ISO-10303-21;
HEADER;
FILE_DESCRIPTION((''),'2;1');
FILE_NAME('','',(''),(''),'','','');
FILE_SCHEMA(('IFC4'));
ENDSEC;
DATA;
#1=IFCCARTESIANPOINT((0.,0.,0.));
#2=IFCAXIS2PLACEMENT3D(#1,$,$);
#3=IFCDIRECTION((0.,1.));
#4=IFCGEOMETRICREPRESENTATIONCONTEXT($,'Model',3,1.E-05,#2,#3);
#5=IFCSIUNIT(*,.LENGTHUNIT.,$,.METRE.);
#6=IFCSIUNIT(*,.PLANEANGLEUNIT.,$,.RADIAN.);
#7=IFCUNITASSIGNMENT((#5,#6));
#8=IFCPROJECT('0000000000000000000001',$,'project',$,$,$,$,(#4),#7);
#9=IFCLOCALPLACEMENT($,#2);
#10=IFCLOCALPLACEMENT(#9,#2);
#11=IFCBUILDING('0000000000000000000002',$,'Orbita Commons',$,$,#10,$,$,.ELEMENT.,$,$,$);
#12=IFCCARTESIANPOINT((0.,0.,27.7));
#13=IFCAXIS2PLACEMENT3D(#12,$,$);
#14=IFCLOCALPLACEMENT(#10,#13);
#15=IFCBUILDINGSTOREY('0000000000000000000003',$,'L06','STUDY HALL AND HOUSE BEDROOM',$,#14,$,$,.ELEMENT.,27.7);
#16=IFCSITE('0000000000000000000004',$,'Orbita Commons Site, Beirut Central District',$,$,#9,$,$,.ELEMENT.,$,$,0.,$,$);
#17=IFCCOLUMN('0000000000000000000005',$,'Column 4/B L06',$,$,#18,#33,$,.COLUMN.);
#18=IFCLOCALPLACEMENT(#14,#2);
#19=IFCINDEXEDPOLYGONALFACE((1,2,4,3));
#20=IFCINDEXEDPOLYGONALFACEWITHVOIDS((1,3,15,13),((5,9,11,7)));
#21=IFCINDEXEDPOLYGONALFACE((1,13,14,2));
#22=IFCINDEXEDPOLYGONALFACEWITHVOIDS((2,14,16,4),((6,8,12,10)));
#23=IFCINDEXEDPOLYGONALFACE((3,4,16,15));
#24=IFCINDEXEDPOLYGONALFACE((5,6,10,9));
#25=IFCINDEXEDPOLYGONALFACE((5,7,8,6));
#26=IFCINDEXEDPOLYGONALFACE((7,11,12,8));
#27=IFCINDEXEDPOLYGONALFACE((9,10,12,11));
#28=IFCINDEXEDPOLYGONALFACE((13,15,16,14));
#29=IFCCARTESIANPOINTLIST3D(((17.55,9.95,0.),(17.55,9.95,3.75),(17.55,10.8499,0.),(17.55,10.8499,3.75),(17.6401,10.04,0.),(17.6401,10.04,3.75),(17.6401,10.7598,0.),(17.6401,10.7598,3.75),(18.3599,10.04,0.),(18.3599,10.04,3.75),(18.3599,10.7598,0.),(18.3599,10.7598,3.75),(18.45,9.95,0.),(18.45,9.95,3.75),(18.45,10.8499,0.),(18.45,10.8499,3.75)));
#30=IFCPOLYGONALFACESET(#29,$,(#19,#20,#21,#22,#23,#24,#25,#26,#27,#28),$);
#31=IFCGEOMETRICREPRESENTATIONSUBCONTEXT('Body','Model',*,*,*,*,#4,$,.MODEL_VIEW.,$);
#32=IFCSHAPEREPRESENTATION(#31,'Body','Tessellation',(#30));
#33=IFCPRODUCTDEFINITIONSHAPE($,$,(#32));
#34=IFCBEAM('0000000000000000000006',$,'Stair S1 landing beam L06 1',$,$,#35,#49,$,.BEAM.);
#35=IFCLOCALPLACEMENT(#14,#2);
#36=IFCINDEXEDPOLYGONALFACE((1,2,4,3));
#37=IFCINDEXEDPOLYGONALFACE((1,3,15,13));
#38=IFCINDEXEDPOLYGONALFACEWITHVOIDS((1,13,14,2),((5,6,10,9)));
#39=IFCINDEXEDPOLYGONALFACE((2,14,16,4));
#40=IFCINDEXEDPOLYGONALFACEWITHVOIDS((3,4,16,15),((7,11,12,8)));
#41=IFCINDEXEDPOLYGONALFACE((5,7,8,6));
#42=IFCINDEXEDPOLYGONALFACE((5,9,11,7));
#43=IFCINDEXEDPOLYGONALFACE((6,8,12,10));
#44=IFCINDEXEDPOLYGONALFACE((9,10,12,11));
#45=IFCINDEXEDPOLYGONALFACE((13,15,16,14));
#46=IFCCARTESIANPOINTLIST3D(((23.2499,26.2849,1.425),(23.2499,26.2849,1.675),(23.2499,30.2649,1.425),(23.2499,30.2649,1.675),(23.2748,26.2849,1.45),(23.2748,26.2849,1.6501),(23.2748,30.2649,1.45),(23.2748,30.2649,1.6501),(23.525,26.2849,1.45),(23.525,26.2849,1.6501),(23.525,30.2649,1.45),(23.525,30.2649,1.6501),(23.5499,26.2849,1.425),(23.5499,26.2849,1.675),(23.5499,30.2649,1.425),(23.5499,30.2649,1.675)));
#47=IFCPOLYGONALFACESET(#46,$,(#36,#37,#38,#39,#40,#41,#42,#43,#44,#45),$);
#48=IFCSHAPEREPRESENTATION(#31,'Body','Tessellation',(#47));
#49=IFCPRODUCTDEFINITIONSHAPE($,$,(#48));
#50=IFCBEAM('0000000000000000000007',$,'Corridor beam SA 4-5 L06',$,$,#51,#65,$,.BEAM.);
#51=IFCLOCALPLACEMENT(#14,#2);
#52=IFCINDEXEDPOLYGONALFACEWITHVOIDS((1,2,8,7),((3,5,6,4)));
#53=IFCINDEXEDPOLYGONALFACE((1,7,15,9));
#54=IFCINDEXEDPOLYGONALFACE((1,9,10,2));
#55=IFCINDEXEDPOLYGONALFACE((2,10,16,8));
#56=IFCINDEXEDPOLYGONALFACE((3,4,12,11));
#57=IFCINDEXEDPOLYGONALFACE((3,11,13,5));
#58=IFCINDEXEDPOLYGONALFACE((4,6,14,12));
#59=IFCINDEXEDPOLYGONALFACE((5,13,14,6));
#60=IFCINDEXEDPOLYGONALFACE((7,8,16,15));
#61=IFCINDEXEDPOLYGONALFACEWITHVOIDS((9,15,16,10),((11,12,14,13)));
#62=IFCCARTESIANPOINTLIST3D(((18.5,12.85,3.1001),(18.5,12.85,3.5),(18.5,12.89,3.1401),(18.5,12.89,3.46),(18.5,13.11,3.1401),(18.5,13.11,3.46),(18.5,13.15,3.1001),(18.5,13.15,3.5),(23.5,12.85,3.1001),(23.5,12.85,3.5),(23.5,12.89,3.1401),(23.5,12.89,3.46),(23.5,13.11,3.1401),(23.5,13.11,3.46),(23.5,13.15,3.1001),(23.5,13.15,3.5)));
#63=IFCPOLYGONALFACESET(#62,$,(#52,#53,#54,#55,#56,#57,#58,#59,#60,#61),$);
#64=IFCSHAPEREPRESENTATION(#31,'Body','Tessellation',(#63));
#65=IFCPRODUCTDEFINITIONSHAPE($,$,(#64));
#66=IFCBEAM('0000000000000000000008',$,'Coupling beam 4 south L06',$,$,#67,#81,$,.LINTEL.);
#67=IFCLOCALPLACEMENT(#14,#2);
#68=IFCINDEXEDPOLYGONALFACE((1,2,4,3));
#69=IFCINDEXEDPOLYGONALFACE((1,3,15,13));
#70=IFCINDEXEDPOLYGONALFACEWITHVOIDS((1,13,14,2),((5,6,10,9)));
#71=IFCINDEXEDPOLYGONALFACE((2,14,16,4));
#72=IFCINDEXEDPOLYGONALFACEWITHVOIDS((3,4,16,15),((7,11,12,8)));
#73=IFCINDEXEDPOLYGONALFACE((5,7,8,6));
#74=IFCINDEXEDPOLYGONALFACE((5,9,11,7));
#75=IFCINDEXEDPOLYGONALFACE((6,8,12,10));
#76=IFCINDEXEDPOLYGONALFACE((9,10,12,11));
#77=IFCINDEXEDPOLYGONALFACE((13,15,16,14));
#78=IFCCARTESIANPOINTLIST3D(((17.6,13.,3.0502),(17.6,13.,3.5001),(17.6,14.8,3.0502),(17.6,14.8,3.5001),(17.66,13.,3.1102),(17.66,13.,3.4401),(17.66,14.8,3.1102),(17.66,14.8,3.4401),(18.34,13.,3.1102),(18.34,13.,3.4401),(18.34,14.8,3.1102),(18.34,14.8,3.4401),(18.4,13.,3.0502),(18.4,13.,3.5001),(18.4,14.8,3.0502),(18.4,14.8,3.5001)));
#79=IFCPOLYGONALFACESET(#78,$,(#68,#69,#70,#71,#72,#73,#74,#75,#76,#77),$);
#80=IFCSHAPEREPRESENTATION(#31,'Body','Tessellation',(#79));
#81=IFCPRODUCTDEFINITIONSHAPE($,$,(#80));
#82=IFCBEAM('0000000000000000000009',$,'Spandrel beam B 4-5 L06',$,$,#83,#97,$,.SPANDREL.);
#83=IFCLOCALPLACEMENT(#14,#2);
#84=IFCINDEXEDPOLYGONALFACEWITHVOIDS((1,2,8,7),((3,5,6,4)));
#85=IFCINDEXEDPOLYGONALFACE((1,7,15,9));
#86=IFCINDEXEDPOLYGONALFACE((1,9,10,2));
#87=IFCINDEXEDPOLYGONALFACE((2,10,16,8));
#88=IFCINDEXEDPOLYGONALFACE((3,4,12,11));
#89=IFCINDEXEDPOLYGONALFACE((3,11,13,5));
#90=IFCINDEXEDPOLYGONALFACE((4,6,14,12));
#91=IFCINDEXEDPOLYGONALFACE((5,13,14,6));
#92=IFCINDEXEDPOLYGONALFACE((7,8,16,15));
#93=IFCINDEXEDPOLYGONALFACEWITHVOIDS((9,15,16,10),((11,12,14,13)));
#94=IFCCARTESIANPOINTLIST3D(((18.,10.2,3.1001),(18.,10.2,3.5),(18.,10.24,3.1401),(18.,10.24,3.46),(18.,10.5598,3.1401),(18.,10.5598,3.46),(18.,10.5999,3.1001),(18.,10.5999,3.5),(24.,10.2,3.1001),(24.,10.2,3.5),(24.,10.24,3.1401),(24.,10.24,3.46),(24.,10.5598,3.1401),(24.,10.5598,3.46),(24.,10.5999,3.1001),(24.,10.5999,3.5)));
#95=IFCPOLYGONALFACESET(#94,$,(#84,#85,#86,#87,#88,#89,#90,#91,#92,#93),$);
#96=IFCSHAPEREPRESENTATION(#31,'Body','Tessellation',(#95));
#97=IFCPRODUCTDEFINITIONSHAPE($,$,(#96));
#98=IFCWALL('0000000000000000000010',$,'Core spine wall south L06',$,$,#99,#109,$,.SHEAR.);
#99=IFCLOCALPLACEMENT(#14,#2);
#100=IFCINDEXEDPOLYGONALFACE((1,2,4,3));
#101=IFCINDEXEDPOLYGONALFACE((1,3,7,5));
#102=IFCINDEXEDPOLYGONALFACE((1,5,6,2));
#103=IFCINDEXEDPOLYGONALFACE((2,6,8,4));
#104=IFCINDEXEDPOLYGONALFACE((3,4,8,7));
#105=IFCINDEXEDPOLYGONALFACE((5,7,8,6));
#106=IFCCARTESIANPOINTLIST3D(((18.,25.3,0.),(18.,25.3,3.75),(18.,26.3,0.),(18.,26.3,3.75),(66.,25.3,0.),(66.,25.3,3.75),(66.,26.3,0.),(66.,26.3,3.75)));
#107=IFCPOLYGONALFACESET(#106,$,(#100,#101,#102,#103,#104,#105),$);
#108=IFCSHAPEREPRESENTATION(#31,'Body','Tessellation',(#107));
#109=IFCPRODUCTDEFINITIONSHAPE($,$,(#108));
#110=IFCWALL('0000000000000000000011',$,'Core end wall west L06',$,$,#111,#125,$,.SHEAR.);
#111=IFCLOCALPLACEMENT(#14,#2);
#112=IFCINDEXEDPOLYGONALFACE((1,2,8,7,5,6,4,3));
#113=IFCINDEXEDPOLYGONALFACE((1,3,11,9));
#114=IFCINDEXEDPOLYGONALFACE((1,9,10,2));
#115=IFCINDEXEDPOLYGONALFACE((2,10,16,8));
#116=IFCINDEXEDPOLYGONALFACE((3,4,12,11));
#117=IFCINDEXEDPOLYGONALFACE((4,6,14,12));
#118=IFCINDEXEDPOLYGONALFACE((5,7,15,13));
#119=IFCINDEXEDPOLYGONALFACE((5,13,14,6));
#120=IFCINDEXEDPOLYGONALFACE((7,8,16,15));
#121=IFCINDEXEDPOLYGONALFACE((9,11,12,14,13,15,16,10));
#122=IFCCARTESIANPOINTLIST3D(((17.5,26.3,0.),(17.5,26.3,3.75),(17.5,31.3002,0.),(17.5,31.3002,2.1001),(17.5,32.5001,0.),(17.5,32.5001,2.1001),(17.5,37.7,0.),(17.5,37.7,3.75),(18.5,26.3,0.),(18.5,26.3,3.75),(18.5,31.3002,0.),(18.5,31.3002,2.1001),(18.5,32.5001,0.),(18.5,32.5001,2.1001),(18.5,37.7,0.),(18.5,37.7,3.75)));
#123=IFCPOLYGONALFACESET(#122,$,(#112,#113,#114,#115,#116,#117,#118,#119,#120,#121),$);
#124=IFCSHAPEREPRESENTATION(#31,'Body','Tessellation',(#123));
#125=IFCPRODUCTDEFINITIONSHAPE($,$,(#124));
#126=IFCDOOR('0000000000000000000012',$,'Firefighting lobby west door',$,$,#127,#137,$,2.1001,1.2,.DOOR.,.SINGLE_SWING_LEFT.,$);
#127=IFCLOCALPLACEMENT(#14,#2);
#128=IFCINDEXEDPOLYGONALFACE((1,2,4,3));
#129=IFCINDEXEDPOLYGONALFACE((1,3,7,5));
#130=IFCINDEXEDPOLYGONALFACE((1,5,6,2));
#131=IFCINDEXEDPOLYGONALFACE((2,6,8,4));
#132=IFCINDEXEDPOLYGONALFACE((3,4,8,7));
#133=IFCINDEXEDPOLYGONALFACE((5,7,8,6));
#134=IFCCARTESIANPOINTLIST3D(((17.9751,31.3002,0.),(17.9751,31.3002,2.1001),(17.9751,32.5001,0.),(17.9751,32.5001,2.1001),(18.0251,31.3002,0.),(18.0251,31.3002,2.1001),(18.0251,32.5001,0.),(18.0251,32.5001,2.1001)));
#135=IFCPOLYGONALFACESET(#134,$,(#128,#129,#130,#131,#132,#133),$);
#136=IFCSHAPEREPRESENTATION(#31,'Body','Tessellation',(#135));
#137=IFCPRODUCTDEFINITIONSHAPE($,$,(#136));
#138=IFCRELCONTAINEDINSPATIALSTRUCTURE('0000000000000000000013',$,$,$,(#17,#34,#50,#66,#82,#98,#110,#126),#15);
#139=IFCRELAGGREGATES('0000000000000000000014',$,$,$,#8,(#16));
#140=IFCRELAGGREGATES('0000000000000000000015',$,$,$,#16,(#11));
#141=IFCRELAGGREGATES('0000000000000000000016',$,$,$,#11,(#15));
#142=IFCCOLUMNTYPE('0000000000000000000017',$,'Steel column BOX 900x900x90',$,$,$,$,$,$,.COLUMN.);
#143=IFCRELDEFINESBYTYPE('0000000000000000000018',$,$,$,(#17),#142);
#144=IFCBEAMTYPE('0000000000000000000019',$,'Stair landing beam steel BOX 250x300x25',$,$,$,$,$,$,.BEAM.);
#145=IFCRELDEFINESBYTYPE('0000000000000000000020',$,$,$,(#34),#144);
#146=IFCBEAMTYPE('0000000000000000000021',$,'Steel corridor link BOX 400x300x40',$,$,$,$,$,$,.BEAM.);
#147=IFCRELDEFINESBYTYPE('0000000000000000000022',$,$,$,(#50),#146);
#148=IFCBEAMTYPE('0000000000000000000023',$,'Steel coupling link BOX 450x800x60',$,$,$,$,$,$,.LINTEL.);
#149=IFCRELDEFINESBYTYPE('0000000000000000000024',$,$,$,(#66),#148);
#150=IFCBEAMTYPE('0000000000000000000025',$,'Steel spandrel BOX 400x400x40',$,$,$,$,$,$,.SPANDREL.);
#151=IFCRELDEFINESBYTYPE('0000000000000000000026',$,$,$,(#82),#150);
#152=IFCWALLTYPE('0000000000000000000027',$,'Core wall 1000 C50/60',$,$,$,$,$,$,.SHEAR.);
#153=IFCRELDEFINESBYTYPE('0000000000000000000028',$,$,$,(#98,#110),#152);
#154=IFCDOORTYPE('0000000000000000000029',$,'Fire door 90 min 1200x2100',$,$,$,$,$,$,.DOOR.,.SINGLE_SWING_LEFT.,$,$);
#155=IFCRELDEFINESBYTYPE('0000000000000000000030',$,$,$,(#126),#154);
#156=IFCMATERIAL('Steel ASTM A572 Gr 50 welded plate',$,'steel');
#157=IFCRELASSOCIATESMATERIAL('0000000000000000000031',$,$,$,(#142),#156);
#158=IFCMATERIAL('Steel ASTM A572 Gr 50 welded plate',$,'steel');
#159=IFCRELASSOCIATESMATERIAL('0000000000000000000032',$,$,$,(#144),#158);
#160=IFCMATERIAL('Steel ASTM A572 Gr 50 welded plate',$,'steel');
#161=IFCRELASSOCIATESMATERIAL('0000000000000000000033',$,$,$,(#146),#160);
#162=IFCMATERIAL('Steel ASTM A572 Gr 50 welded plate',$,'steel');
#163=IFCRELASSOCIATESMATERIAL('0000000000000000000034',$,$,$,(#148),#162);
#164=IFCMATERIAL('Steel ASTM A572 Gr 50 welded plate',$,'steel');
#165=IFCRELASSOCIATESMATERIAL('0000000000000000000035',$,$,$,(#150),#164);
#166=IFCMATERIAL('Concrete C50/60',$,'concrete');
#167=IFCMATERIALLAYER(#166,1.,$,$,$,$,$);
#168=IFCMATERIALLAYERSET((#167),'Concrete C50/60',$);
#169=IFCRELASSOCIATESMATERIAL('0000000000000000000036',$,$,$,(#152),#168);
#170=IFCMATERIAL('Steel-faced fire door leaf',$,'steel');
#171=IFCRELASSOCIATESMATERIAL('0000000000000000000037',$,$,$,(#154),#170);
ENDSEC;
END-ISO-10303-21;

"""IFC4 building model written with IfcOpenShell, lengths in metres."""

from ifc_helpers import new_model, si_unit, direction, frame, frame_2d, origin, origin_2d, place, context, subcontext, project, spatial, rectangle, hollow_rectangle, extrude, material, layer, layer_set, material_profile, profile_set, type_object, element, fill, save


model = new_model("IFC4")

# Units and contexts
model_context = context("Model", 3, precision=1e-05, world=origin(), true_north=direction((0.0, 1.0)))
body_context = subcontext(model_context, "Body", "Model", "MODEL_VIEW")
ifc_project = project(units=[si_unit("LENGTHUNIT", "METRE"), si_unit("PLANEANGLEUNIT", "RADIAN")], contexts=[model_context])

# Site, building, storey
site_placement = place(None, origin())
site = spatial("IfcSite", under=ifc_project, at=site_placement, Name="Orbita Commons Site, Beirut Central District", CompositionType="ELEMENT", RefElevation=0.0)
building_placement = place(site_placement, origin())
building = spatial("IfcBuilding", under=site, at=building_placement, Name="Orbita Commons", CompositionType="ELEMENT")
storey_placement = place(building_placement, frame((0.0, 0.0, 27.7)))
storey = spatial("IfcBuildingStorey", under=building, at=storey_placement, Name="L06", Description="STUDY HALL AND HOUSE BEDROOM", CompositionType="ELEMENT", Elevation=27.7)

# Column
ifc_material_1 = material(Name="Steel ASTM A572 Gr 50 welded plate", Category="steel")
ifc_material_profile_1 = material_profile(ifc_material_1, hollow_rectangle(XDim=0.8999, YDim=0.8999, WallThickness=0.0901, at=origin_2d()), Name="BOX 900x900x90")
ifc_profile_set_1 = profile_set([ifc_material_profile_1], Name="Steel ASTM A572 Gr 50 welded plate")
column_type = type_object("IfcColumnType", Name="Steel column BOX 900x900x90", PredefinedType="COLUMN", material=ifc_profile_set_1)
column_placement = place(storey_placement, frame((18.0, 10.3999, 0.0), z_axis=(0.0, 0.0, 1.0), x_axis=(1.0, 0.0, 0.0)))
element("IfcColumn", 1, at=column_placement, inside=storey, type_object=column_type, Name="Column 4/B L06", PredefinedType="COLUMN", context=body_context, shape_type="SweptSolid", body=[
    extrude(hollow_rectangle(XDim=0.8999, YDim=0.8999, WallThickness=0.0901, at=origin_2d()), origin(), (0.0, 0.0, 1.0), 3.75),
])

# Beams
ifc_material_2 = material(Name="Steel ASTM A572 Gr 50 welded plate", Category="steel")
ifc_material_profile_2 = material_profile(ifc_material_2, hollow_rectangle(XDim=0.3, YDim=0.25, WallThickness=0.0249, at=origin_2d()), Name="BOX 250x300x25")
ifc_profile_set_2 = profile_set([ifc_material_profile_2], Name="Steel ASTM A572 Gr 50 welded plate")
beam_type_1 = type_object("IfcBeamType", Name="Stair landing beam steel BOX 250x300x25", PredefinedType="BEAM", material=ifc_profile_set_2)
beam_1_placement = place(storey_placement, frame((23.3999, 26.2849, 1.55), z_axis=(0.0, 1.0, 0.0), x_axis=(-1.0, 0.0, 0.0)))
element("IfcBeam", 2, at=beam_1_placement, inside=storey, type_object=beam_type_1, Name="Stair S1 landing beam L06 1", PredefinedType="BEAM", context=body_context, shape_type="SweptSolid", body=[
    extrude(hollow_rectangle(XDim=0.3, YDim=0.25, WallThickness=0.0249, at=origin_2d()), origin(), (0.0, 0.0, 1.0), 3.98),
])
ifc_material_3 = material(Name="Steel ASTM A572 Gr 50 welded plate", Category="steel")
ifc_material_profile_3 = material_profile(ifc_material_3, hollow_rectangle(XDim=0.3, YDim=0.3999, WallThickness=0.04, at=origin_2d()), Name="BOX 400x300x40")
ifc_profile_set_3 = profile_set([ifc_material_profile_3], Name="Steel ASTM A572 Gr 50 welded plate")
beam_type_2 = type_object("IfcBeamType", Name="Steel corridor link BOX 400x300x40", PredefinedType="BEAM", material=ifc_profile_set_3)
beam_2_placement = place(storey_placement, frame((18.5, 13.0, 3.3), z_axis=(1.0, 0.0, 0.0), x_axis=(0.0, 1.0, 0.0)))
element("IfcBeam", 3, at=beam_2_placement, inside=storey, type_object=beam_type_2, Name="Corridor beam SA 4-5 L06", PredefinedType="BEAM", context=body_context, shape_type="SweptSolid", body=[
    extrude(hollow_rectangle(XDim=0.3, YDim=0.3999, WallThickness=0.04, at=origin_2d()), origin(), (0.0, 0.0, 1.0), 5.0),
])
ifc_material_4 = material(Name="Steel ASTM A572 Gr 50 welded plate", Category="steel")
ifc_material_profile_4 = material_profile(ifc_material_4, hollow_rectangle(XDim=0.8, YDim=0.45, WallThickness=0.0601, at=origin_2d()), Name="BOX 450x800x60")
ifc_profile_set_4 = profile_set([ifc_material_profile_4], Name="Steel ASTM A572 Gr 50 welded plate")
beam_type_3 = type_object("IfcBeamType", Name="Steel coupling link BOX 450x800x60", PredefinedType="LINTEL", material=ifc_profile_set_4)
beam_3_placement = place(storey_placement, frame((18.0, 13.0, 3.2751), z_axis=(0.0, 1.0, 0.0), x_axis=(-1.0, 0.0, 0.0)))
element("IfcBeam", 4, at=beam_3_placement, inside=storey, type_object=beam_type_3, Name="Coupling beam 4 south L06", PredefinedType="LINTEL", context=body_context, shape_type="SweptSolid", body=[
    extrude(hollow_rectangle(XDim=0.8, YDim=0.45, WallThickness=0.0601, at=origin_2d()), origin(), (0.0, 0.0, 1.0), 1.8),
])
ifc_material_5 = material(Name="Steel ASTM A572 Gr 50 welded plate", Category="steel")
ifc_material_profile_5 = material_profile(ifc_material_5, hollow_rectangle(XDim=0.3999, YDim=0.3999, WallThickness=0.04, at=origin_2d()), Name="BOX 400x400x40")
ifc_profile_set_5 = profile_set([ifc_material_profile_5], Name="Steel ASTM A572 Gr 50 welded plate")
beam_type_4 = type_object("IfcBeamType", Name="Steel spandrel BOX 400x400x40", PredefinedType="SPANDREL", material=ifc_profile_set_5)
beam_4_placement = place(storey_placement, frame((18.0, 10.3999, 3.3), z_axis=(1.0, 0.0, 0.0), x_axis=(0.0, 1.0, 0.0)))
element("IfcBeam", 5, at=beam_4_placement, inside=storey, type_object=beam_type_4, Name="Spandrel beam B 4-5 L06", PredefinedType="SPANDREL", context=body_context, shape_type="SweptSolid", body=[
    extrude(hollow_rectangle(XDim=0.3999, YDim=0.3999, WallThickness=0.04, at=origin_2d()), origin(), (0.0, 0.0, 1.0), 6.0),
])

# Wall
ifc_material_6 = material(Name="Concrete C50/60", Category="concrete")
ifc_layer_1 = layer(ifc_material_6, 1.0)
ifc_layer_set_1 = layer_set([ifc_layer_1], Name="Concrete C50/60")
wall_type_1 = type_object("IfcWallType", Name="Core wall 1000 C50/60", PredefinedType="SHEAR", material=ifc_layer_set_1)
wall_1_placement = place(storey_placement, frame((18.0, 25.8, 0.0), z_axis=(0.0, 0.0, 1.0), x_axis=(1.0, 0.0, 0.0)))
element("IfcWall", 6, at=wall_1_placement, inside=storey, type_object=wall_type_1, Name="Core spine wall south L06", PredefinedType="SHEAR", context=body_context, shape_type="SweptSolid", body=[
    extrude(rectangle(XDim=48.0, YDim=1.0, at=frame_2d((24.0, 0.0))), origin(), (0.0, 0.0, 1.0), 3.75),
])

# Wall, opening, door
wall_2_placement = place(storey_placement, frame((18.0, 26.3, 0.0), z_axis=(0.0, 0.0, 1.0), x_axis=(0.0, 1.0, 0.0)))
wall_2 = element("IfcWall", 7, at=wall_2_placement, inside=storey, type_object=wall_type_1, Name="Core end wall west L06", PredefinedType="SHEAR", context=body_context, shape_type="SweptSolid", body=[
    extrude(rectangle(XDim=11.3999, YDim=1.0, at=frame_2d((5.7, 0.0))), origin(), (0.0, 0.0, 1.0), 3.75),
])
opening_1_placement = place(wall_2_placement, frame((5.0, 0.0, 0.0)))
opening_1 = element("IfcOpeningElement", 8, at=opening_1_placement, cuts=wall_2, PredefinedType="OPENING", context=body_context, shape_type="SweptSolid", body=[
    extrude(rectangle(XDim=1.2, YDim=2.1001, at=frame_2d((0.6001, 1.05))), frame((0.0, 0.51, 0.0), z_axis=(0.0, -1.0, 0.0), x_axis=(1.0, 0.0, 0.0)), (0.0, 0.0, 1.0), 1.02),
])
ifc_material_7 = material(Name="Steel-faced fire door leaf", Category="steel")
door_type_1 = type_object("IfcDoorType", Name="Fire door 90 min 1200x2100", OperationType="SINGLE_SWING_LEFT", PredefinedType="DOOR", material=ifc_material_7)
door_1_placement = place(opening_1_placement, origin())
door_1 = element("IfcDoor", 9, at=door_1_placement, inside=storey, type_object=door_type_1, Name="Firefighting lobby west door", OperationType="SINGLE_SWING_LEFT", OverallHeight=2.1001, OverallWidth=1.2, PredefinedType="DOOR", context=body_context, shape_type="SweptSolid", body=[
    extrude(rectangle(XDim=1.2, YDim=2.1001, at=frame_2d((0.6001, 1.05))), frame((0.0, 0.0249, 0.0), z_axis=(0.0, -1.0, 0.0), x_axis=(1.0, 0.0, 0.0)), (0.0, 0.0, 1.0), 0.05),
])
fill(opening_1, door_1)

save(model, "model.ifc")
